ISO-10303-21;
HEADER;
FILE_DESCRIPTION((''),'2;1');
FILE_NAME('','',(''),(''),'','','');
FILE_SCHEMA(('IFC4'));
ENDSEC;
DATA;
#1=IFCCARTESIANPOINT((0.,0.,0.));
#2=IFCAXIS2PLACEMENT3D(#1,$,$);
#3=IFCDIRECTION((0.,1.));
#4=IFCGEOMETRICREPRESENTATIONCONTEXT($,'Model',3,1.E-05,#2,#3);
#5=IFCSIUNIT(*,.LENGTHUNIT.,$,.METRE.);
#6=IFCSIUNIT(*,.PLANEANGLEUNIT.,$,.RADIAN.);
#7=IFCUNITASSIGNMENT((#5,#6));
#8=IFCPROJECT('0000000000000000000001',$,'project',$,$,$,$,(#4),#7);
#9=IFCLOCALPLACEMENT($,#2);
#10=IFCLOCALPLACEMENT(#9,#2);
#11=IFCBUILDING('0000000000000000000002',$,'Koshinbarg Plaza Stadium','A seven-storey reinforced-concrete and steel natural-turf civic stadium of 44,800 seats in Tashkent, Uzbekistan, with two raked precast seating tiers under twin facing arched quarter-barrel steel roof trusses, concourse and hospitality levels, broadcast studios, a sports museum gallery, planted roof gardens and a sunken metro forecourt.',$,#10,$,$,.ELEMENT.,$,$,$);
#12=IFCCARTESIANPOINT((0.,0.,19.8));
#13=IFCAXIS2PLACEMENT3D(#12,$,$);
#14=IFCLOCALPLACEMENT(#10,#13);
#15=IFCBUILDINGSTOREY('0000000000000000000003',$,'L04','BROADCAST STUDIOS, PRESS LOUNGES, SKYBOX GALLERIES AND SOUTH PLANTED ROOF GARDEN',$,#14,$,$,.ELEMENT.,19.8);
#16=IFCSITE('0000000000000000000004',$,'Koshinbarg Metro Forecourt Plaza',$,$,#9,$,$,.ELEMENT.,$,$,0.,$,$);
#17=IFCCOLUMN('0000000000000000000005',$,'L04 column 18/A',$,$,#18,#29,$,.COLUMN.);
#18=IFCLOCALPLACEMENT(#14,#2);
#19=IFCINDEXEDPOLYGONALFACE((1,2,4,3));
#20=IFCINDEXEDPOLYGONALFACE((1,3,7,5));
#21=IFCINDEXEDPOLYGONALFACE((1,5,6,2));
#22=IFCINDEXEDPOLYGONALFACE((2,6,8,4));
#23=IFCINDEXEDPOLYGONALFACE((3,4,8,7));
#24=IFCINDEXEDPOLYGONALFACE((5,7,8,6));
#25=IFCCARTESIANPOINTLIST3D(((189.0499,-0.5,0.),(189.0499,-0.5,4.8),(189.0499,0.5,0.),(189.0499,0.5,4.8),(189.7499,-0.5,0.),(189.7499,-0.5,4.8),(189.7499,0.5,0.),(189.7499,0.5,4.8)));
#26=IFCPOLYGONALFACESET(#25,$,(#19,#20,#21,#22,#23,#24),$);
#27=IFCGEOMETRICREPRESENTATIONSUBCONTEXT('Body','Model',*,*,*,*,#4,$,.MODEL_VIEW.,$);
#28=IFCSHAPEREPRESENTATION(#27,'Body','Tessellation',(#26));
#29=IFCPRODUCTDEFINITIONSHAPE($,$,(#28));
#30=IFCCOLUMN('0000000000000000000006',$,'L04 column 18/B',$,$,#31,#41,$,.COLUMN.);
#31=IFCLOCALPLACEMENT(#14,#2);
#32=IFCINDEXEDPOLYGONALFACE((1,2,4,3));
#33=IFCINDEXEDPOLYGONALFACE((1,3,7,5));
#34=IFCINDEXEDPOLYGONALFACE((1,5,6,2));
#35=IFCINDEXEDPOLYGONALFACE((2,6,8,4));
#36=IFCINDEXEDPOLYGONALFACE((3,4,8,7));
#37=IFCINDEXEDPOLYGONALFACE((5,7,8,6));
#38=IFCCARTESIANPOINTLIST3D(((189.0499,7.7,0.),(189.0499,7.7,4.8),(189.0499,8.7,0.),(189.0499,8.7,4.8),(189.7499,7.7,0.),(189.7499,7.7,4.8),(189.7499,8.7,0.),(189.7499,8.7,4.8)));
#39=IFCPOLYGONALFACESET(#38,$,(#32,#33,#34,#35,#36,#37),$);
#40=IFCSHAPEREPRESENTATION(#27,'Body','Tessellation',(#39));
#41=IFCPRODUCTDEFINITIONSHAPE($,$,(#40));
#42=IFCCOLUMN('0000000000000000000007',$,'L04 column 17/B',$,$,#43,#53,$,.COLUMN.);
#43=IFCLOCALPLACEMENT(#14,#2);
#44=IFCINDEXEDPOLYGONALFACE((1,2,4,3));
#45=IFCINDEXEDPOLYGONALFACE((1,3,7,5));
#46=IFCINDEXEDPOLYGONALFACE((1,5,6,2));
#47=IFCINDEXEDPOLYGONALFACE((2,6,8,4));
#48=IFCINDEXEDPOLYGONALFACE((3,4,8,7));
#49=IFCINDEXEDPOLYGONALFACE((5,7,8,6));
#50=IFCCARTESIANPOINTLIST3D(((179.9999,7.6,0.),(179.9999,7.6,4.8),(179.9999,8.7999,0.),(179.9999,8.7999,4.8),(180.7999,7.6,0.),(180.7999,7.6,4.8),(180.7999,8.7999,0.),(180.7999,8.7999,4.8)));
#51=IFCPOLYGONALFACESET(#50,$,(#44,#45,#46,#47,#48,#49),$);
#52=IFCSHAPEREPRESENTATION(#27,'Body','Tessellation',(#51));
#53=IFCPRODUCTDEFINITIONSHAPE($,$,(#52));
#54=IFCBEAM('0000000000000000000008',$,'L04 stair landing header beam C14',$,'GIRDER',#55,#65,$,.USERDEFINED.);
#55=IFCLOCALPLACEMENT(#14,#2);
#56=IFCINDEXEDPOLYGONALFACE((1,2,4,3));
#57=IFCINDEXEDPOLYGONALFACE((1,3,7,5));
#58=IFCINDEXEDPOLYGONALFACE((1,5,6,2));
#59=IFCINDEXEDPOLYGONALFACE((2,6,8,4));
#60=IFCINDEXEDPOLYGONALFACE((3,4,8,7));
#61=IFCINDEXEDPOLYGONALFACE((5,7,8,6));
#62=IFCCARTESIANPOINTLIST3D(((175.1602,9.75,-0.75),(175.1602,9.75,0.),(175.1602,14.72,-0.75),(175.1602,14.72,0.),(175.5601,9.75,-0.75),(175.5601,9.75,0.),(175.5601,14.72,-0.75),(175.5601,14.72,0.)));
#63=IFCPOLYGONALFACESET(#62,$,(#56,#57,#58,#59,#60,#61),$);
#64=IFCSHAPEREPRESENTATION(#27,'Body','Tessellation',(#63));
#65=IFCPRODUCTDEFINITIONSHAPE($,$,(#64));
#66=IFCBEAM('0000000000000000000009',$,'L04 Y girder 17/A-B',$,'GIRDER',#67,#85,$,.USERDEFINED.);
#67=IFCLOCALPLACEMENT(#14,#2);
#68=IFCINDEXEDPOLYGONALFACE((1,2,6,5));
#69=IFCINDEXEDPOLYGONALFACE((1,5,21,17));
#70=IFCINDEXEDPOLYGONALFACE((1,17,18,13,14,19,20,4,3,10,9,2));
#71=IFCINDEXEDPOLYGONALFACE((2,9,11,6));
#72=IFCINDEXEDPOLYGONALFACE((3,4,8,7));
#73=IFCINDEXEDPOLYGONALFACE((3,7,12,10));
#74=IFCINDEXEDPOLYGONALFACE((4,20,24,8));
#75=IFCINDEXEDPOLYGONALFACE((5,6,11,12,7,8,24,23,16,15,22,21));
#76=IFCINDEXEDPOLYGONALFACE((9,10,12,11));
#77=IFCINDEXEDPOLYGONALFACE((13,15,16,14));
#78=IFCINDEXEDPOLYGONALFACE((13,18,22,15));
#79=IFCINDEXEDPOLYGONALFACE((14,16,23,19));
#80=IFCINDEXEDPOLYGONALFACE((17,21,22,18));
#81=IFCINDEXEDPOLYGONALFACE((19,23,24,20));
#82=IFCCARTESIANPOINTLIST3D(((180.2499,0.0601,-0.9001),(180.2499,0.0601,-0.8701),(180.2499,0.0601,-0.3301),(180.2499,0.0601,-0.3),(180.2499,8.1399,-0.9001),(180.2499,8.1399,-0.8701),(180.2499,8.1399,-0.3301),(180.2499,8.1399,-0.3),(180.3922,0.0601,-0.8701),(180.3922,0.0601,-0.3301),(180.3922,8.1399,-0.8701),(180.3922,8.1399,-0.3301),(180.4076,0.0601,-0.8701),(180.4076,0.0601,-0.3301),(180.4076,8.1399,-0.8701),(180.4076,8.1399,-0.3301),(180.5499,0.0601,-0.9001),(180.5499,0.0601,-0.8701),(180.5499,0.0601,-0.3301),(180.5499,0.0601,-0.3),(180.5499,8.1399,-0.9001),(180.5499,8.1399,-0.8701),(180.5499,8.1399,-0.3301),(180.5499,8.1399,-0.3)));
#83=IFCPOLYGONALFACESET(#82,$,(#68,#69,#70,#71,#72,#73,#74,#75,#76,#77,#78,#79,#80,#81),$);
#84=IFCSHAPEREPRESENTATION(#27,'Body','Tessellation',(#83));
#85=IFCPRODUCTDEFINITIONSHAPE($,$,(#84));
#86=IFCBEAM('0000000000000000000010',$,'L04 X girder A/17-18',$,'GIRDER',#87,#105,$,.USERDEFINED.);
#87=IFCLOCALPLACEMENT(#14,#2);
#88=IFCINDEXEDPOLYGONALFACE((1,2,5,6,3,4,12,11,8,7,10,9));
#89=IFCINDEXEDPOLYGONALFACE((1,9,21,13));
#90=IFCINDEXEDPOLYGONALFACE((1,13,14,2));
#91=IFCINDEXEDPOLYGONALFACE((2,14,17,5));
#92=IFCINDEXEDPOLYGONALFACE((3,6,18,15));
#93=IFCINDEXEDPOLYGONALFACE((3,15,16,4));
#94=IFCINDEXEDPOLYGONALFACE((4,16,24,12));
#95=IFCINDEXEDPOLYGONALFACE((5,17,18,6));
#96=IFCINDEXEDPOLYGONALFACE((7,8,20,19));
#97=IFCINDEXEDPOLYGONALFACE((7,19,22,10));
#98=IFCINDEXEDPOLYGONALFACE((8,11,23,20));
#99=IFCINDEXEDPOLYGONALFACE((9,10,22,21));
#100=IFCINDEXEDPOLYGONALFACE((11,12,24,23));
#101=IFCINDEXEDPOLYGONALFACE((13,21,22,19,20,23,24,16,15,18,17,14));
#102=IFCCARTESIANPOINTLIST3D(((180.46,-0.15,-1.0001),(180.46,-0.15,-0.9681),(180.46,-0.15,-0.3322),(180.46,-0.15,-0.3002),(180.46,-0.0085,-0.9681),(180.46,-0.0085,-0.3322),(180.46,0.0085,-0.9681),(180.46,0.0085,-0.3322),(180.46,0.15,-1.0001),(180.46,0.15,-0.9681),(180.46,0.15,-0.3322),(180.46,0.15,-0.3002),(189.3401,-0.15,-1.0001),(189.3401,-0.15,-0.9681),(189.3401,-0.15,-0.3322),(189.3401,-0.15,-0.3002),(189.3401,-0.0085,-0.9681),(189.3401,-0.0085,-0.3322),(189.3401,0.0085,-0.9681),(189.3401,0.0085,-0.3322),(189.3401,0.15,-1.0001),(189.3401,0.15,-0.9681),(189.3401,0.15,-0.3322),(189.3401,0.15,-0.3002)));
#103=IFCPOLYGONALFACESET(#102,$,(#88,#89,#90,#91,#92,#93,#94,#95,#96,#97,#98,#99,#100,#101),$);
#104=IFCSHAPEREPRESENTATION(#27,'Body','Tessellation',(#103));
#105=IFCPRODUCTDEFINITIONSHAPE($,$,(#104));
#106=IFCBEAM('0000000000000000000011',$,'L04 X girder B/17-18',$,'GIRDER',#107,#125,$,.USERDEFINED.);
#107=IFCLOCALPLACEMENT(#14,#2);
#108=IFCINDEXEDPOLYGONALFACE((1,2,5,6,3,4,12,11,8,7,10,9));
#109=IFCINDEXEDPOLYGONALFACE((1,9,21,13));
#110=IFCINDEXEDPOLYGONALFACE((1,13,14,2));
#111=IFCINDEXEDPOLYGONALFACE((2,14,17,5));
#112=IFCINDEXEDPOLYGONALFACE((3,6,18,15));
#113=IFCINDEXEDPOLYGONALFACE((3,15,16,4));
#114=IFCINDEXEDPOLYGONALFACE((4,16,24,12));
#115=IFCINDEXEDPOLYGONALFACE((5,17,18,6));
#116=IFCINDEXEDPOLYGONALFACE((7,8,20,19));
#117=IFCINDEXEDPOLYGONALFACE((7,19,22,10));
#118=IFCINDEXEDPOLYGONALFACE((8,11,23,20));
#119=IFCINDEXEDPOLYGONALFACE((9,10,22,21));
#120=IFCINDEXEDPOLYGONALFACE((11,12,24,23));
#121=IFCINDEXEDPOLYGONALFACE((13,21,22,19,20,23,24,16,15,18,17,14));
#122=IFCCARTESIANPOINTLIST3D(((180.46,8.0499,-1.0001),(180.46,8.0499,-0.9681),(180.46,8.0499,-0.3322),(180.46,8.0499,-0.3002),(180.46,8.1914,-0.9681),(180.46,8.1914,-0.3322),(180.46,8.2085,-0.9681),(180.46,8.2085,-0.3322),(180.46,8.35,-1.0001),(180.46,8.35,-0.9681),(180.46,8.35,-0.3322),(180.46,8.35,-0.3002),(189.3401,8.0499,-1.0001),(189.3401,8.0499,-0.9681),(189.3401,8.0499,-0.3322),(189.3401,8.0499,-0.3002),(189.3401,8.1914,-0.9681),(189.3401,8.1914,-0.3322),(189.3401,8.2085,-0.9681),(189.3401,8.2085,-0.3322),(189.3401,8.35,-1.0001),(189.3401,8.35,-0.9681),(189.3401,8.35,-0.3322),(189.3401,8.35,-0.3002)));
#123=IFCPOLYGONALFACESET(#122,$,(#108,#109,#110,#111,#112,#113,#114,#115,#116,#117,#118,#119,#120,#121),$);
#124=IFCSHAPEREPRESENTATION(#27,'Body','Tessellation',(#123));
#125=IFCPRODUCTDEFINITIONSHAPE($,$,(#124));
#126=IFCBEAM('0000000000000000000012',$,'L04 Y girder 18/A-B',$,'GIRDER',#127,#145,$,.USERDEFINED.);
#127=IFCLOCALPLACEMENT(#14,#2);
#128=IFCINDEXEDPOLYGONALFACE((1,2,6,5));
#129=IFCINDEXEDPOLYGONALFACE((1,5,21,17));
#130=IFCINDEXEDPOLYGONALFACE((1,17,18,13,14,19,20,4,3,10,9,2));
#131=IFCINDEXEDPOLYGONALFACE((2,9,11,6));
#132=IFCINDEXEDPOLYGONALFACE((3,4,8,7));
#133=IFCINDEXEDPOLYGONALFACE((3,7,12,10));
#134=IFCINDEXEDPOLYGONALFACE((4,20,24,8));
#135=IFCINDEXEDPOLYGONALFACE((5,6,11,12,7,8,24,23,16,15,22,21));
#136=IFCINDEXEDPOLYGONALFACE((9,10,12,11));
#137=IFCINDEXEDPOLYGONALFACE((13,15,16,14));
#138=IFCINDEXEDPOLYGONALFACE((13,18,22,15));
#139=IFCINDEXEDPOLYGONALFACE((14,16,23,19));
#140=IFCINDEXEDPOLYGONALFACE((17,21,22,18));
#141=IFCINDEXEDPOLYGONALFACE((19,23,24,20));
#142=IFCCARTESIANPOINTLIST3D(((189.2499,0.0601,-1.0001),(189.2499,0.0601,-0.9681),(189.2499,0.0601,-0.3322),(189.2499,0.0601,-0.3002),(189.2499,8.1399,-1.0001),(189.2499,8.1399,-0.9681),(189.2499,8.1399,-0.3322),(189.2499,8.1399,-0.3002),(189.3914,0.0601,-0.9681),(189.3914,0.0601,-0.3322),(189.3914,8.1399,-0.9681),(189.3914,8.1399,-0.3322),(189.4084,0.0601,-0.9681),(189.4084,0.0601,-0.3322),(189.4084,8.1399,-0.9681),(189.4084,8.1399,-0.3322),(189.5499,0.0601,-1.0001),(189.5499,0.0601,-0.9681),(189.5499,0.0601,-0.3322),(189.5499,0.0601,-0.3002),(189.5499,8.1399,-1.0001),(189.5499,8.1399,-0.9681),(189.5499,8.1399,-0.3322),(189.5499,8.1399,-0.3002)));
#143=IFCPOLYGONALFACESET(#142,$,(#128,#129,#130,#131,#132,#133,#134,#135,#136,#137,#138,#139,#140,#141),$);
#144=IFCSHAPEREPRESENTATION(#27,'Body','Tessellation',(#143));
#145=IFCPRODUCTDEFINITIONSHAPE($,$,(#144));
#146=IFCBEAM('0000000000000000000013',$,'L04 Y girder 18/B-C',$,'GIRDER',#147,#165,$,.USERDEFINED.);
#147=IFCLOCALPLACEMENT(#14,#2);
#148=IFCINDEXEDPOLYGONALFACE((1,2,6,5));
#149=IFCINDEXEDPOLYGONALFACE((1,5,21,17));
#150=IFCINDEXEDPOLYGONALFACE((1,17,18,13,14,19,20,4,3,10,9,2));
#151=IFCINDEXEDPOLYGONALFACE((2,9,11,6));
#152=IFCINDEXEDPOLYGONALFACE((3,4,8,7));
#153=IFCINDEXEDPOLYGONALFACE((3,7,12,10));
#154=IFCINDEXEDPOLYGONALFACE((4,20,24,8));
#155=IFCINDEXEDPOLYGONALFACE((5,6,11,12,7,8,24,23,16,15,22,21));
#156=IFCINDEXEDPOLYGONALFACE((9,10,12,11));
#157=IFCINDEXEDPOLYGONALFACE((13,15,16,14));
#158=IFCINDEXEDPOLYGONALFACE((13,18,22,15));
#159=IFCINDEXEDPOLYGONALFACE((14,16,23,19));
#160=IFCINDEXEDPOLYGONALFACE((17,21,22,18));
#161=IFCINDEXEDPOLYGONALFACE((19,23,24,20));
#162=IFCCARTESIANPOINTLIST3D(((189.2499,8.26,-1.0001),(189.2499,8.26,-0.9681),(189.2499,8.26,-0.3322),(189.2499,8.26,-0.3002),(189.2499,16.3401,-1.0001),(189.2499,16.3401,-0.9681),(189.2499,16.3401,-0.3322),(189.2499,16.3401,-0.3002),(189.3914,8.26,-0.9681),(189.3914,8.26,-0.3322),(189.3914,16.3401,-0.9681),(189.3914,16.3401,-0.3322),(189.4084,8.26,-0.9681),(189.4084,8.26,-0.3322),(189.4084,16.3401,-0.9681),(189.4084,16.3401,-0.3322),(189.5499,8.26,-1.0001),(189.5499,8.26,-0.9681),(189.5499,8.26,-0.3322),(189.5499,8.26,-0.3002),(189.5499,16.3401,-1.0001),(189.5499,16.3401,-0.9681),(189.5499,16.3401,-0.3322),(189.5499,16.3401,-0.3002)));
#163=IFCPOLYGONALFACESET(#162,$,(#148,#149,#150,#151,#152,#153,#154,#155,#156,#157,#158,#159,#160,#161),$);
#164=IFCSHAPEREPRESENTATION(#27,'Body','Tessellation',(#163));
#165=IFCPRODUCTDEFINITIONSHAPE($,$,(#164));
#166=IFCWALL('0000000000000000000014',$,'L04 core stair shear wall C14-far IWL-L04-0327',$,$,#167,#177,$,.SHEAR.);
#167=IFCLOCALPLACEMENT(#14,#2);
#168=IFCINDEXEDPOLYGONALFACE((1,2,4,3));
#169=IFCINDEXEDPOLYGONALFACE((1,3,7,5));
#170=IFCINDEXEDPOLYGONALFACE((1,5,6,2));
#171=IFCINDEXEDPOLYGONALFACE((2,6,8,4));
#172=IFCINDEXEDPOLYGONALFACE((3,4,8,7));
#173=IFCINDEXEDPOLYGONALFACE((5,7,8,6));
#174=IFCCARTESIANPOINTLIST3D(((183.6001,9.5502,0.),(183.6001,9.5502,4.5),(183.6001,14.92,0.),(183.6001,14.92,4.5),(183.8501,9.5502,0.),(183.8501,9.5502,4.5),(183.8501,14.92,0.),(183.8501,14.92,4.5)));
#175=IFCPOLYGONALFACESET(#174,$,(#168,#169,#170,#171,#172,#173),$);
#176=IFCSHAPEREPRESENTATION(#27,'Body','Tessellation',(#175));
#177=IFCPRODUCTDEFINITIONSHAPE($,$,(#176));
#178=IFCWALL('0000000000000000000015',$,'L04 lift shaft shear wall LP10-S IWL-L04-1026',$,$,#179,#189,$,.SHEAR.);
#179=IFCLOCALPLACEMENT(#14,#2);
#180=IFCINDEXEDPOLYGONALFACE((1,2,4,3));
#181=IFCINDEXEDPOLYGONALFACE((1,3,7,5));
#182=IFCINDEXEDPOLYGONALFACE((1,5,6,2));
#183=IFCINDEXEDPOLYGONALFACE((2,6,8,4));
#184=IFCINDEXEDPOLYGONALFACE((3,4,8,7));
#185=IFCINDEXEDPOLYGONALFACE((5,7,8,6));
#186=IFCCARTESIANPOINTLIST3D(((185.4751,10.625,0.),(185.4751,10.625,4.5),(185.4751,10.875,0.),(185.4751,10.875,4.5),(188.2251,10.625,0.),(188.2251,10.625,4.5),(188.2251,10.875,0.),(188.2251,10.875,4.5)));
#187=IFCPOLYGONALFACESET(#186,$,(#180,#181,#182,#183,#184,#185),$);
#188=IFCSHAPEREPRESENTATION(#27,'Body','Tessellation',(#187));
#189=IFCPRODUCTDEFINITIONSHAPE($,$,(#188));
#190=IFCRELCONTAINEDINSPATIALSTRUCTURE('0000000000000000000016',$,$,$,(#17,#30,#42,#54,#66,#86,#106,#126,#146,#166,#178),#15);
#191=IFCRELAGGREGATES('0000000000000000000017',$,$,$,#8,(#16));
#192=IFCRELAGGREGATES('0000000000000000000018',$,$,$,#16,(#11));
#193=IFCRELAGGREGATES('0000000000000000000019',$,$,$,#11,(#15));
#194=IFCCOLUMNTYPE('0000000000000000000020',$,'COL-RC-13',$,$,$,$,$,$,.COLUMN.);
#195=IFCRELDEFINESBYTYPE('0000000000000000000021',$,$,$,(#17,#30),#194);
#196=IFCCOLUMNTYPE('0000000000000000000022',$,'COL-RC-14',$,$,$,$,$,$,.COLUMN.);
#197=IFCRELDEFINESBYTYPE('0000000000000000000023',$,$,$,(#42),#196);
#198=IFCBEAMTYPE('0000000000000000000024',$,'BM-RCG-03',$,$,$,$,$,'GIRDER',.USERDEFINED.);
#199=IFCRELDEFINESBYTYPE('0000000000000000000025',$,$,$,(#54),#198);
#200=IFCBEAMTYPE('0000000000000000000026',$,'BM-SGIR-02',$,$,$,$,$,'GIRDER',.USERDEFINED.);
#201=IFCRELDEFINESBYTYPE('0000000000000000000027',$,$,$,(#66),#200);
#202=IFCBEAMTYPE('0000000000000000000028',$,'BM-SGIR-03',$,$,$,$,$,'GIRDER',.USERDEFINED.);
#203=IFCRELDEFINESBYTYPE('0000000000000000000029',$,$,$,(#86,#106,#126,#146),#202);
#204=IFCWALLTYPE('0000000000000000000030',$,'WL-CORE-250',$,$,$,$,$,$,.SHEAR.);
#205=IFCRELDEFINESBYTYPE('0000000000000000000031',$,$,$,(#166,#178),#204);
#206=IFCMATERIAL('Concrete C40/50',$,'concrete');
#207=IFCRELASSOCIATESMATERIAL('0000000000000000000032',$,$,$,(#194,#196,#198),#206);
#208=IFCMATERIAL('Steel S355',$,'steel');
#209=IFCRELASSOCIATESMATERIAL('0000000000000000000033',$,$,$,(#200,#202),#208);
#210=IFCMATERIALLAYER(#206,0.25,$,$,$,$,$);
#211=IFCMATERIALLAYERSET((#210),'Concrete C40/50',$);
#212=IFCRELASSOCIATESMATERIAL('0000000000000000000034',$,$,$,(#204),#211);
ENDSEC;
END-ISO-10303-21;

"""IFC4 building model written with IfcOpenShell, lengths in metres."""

from ifc_helpers import new_model, si_unit, direction, frame, frame_2d, origin, origin_2d, place, context, subcontext, project, spatial, rectangle, i_section, extrude, material, layer, layer_set, material_profile, profile_set, type_object, element, save


model = new_model("IFC4")

# Units and contexts
model_context = context("Model", 3, precision=1e-05, world=origin(), true_north=direction((0.0, 1.0)))
body_context = subcontext(model_context, "Body", "Model", "MODEL_VIEW")
ifc_project = project(units=[si_unit("LENGTHUNIT", "METRE"), si_unit("PLANEANGLEUNIT", "RADIAN")], contexts=[model_context])

# Site, building, storey
site_placement = place(None, origin())
site = spatial("IfcSite", under=ifc_project, at=site_placement, Name="Koshinbarg Metro Forecourt Plaza", CompositionType="ELEMENT", RefElevation=0.0)
building_placement = place(site_placement, origin())
building = spatial("IfcBuilding", under=site, at=building_placement, Name="Koshinbarg Plaza Stadium", Description="A seven-storey reinforced-concrete and steel natural-turf civic stadium of 44,800 seats in Tashkent, Uzbekistan, with two raked precast seating tiers under twin facing arched quarter-barrel steel roof trusses, concourse and hospitality levels, broadcast studios, a sports museum gallery, planted roof gardens and a sunken metro forecourt.", CompositionType="ELEMENT")
storey_placement = place(building_placement, frame((0.0, 0.0, 19.8)))
storey = spatial("IfcBuildingStorey", under=building, at=storey_placement, Name="L04", Description="BROADCAST STUDIOS, PRESS LOUNGES, SKYBOX GALLERIES AND SOUTH PLANTED ROOF GARDEN", CompositionType="ELEMENT", Elevation=19.8)

# Columns
ifc_material_1 = material(Name="Concrete C40/50", Category="concrete")
ifc_material_profile_1 = material_profile(ifc_material_1, rectangle(XDim=0.7, YDim=1.0, at=origin_2d()), Name="RC 700x1000")
ifc_profile_set_1 = profile_set([ifc_material_profile_1], Name="Concrete C40/50")
column_type_1 = type_object("IfcColumnType", Name="COL-RC-13", PredefinedType="COLUMN", material=ifc_profile_set_1)
for number, where, z_axis, x_axis, name in (
    (1, (189.3999, 0.0, 0.0), (0.0, 0.0, 1.0), (1.0, 0.0, 0.0), "L04 column 18/A"),
    (2, (189.3999, 8.2, 0.0), (0.0, 0.0, 1.0), (1.0, 0.0, 0.0), "L04 column 18/B"),
):
    element("IfcColumn", number, at=place(storey_placement, frame(where, z_axis=z_axis, x_axis=x_axis)), inside=storey, type_object=column_type_1, Name=name, PredefinedType="COLUMN", context=body_context, shape_type="SweptSolid", body=[
        extrude(rectangle(XDim=0.7, YDim=1.0, at=origin_2d()), origin(), (0.0, 0.0, 1.0), 4.8),
    ])
ifc_material_profile_2 = material_profile(ifc_material_1, rectangle(XDim=0.8, YDim=1.2, at=origin_2d()), Name="RC 800x1200")
ifc_profile_set_2 = profile_set([ifc_material_profile_2], Name="Concrete C40/50")
column_type_2 = type_object("IfcColumnType", Name="COL-RC-14", PredefinedType="COLUMN", material=ifc_profile_set_2)
column_placement = place(storey_placement, frame((180.3999, 8.2, 0.0), z_axis=(0.0, 0.0, 1.0), x_axis=(1.0, 0.0, 0.0)))
element("IfcColumn", 3, at=column_placement, inside=storey, type_object=column_type_2, Name="L04 column 17/B", PredefinedType="COLUMN", context=body_context, shape_type="SweptSolid", body=[
    extrude(rectangle(XDim=0.8, YDim=1.2, at=origin_2d()), origin(), (0.0, 0.0, 1.0), 4.8),
])

# Beams
ifc_material_profile_3 = material_profile(ifc_material_1, rectangle(XDim=0.3999, YDim=0.75, at=origin_2d()), Name="RC 400x750")
ifc_profile_set_3 = profile_set([ifc_material_profile_3], Name="Concrete C40/50")
beam_type_1 = type_object("IfcBeamType", Name="BM-RCG-03", ElementType="GIRDER", PredefinedType="USERDEFINED", material=ifc_profile_set_3)
beam_1_placement = place(storey_placement, frame((175.3601, 9.75, -0.375), z_axis=(0.0, 1.0, 0.0), x_axis=(-1.0, 0.0, 0.0)))
element("IfcBeam", 4, at=beam_1_placement, inside=storey, type_object=beam_type_1, Name="L04 stair landing header beam C14", ObjectType="GIRDER", PredefinedType="USERDEFINED", context=body_context, shape_type="SweptSolid", body=[
    extrude(rectangle(XDim=0.3999, YDim=0.75, at=origin_2d()), origin(), (0.0, 0.0, 1.0), 4.97),
])
ifc_material_2 = material(Name="Steel S355", Category="steel")
ifc_material_profile_4 = material_profile(ifc_material_2, i_section(OverallWidth=0.3, OverallDepth=0.6001, WebThickness=0.0154, FlangeThickness=0.03, at=origin_2d()), Name="HEB 600")
ifc_profile_set_4 = profile_set([ifc_material_profile_4], Name="Steel S355")
beam_type_2 = type_object("IfcBeamType", Name="BM-SGIR-02", ElementType="GIRDER", PredefinedType="USERDEFINED", material=ifc_profile_set_4)
beam_2_placement = place(storey_placement, frame((180.3999, 0.0601, -0.6001), z_axis=(0.0, 1.0, 0.0), x_axis=(-1.0, 0.0, 0.0)))
element("IfcBeam", 5, at=beam_2_placement, inside=storey, type_object=beam_type_2, Name="L04 Y girder 17/A-B", ObjectType="GIRDER", PredefinedType="USERDEFINED", context=body_context, shape_type="SweptSolid", body=[
    extrude(i_section(OverallWidth=0.3, OverallDepth=0.6001, WebThickness=0.0154, FlangeThickness=0.03, at=origin_2d()), origin(), (0.0, 0.0, 1.0), 8.0798),
])
ifc_material_profile_5 = material_profile(ifc_material_2, i_section(OverallWidth=0.3, OverallDepth=0.7, WebThickness=0.0171, FlangeThickness=0.032, at=origin_2d()), Name="HEB 700")
ifc_profile_set_5 = profile_set([ifc_material_profile_5], Name="Steel S355")
beam_type_3 = type_object("IfcBeamType", Name="BM-SGIR-03", ElementType="GIRDER", PredefinedType="USERDEFINED", material=ifc_profile_set_5)
for number, where, z_axis, x_axis, name in (
    (6, (180.46, 0.0, -0.6501), (1.0, 0.0, 0.0), (0.0, 1.0, 0.0), "L04 X girder A/17-18"),
    (7, (180.46, 8.2, -0.6501), (1.0, 0.0, 0.0), (0.0, 1.0, 0.0), "L04 X girder B/17-18"),
):
    element("IfcBeam", number, at=place(storey_placement, frame(where, z_axis=z_axis, x_axis=x_axis)), inside=storey, type_object=beam_type_3, Name=name, ObjectType="GIRDER", PredefinedType="USERDEFINED", context=body_context, shape_type="SweptSolid", body=[
        extrude(i_section(OverallWidth=0.3, OverallDepth=0.7, WebThickness=0.0171, FlangeThickness=0.032, at=origin_2d()), origin(), (0.0, 0.0, 1.0), 8.8801),
    ])
beam_3_placement = place(storey_placement, frame((189.3999, 0.0601, -0.6501), z_axis=(0.0, 1.0, 0.0), x_axis=(-1.0, 0.0, 0.0)))
element("IfcBeam", 8, at=beam_3_placement, inside=storey, type_object=beam_type_3, Name="L04 Y girder 18/A-B", ObjectType="GIRDER", PredefinedType="USERDEFINED", context=body_context, shape_type="SweptSolid", body=[
    extrude(i_section(OverallWidth=0.3, OverallDepth=0.7, WebThickness=0.0171, FlangeThickness=0.032, at=origin_2d()), origin(), (0.0, 0.0, 1.0), 8.0798),
])
beam_4_placement = place(storey_placement, frame((189.3999, 8.26, -0.6501), z_axis=(0.0, 1.0, 0.0), x_axis=(-1.0, 0.0, 0.0)))
element("IfcBeam", 9, at=beam_4_placement, inside=storey, type_object=beam_type_3, Name="L04 Y girder 18/B-C", ObjectType="GIRDER", PredefinedType="USERDEFINED", context=body_context, shape_type="SweptSolid", body=[
    extrude(i_section(OverallWidth=0.3, OverallDepth=0.7, WebThickness=0.0171, FlangeThickness=0.032, at=origin_2d()), origin(), (0.0, 0.0, 1.0), 8.0801),
])

# Walls
ifc_layer_1 = layer(ifc_material_1, 0.25)
ifc_layer_set_1 = layer_set([ifc_layer_1], Name="Concrete C40/50")
wall_type_1 = type_object("IfcWallType", Name="WL-CORE-250", PredefinedType="SHEAR", material=ifc_layer_set_1)
wall_1_placement = place(storey_placement, frame((183.7251, 9.55, 0.0), z_axis=(0.0, 0.0, 1.0), x_axis=(0.0, 1.0, 0.0)))
element("IfcWall", 10, at=wall_1_placement, inside=storey, type_object=wall_type_1, Name="L04 core stair shear wall C14-far IWL-L04-0327", PredefinedType="SHEAR", context=body_context, shape_type="SweptSolid", body=[
    extrude(rectangle(XDim=5.3699, YDim=0.25, at=frame_2d((2.6851, 0.0))), origin(), (0.0, 0.0, 1.0), 4.5),
])
for number, where, z_axis, x_axis, name in (
    (11, (185.4751, 10.75, 0.0), (0.0, 0.0, 1.0), (1.0, 0.0, 0.0), "L04 lift shaft shear wall LP10-S IWL-L04-1026"),
):
    element("IfcWall", number, at=place(storey_placement, frame(where, z_axis=z_axis, x_axis=x_axis)), inside=storey, type_object=wall_type_1, Name=name, PredefinedType="SHEAR", context=body_context, shape_type="SweptSolid", body=[
        extrude(rectangle(XDim=2.75, YDim=0.25, at=frame_2d((1.375, 0.0))), origin(), (0.0, 0.0, 1.0), 4.5),
    ])

save(model, "model.ifc")
